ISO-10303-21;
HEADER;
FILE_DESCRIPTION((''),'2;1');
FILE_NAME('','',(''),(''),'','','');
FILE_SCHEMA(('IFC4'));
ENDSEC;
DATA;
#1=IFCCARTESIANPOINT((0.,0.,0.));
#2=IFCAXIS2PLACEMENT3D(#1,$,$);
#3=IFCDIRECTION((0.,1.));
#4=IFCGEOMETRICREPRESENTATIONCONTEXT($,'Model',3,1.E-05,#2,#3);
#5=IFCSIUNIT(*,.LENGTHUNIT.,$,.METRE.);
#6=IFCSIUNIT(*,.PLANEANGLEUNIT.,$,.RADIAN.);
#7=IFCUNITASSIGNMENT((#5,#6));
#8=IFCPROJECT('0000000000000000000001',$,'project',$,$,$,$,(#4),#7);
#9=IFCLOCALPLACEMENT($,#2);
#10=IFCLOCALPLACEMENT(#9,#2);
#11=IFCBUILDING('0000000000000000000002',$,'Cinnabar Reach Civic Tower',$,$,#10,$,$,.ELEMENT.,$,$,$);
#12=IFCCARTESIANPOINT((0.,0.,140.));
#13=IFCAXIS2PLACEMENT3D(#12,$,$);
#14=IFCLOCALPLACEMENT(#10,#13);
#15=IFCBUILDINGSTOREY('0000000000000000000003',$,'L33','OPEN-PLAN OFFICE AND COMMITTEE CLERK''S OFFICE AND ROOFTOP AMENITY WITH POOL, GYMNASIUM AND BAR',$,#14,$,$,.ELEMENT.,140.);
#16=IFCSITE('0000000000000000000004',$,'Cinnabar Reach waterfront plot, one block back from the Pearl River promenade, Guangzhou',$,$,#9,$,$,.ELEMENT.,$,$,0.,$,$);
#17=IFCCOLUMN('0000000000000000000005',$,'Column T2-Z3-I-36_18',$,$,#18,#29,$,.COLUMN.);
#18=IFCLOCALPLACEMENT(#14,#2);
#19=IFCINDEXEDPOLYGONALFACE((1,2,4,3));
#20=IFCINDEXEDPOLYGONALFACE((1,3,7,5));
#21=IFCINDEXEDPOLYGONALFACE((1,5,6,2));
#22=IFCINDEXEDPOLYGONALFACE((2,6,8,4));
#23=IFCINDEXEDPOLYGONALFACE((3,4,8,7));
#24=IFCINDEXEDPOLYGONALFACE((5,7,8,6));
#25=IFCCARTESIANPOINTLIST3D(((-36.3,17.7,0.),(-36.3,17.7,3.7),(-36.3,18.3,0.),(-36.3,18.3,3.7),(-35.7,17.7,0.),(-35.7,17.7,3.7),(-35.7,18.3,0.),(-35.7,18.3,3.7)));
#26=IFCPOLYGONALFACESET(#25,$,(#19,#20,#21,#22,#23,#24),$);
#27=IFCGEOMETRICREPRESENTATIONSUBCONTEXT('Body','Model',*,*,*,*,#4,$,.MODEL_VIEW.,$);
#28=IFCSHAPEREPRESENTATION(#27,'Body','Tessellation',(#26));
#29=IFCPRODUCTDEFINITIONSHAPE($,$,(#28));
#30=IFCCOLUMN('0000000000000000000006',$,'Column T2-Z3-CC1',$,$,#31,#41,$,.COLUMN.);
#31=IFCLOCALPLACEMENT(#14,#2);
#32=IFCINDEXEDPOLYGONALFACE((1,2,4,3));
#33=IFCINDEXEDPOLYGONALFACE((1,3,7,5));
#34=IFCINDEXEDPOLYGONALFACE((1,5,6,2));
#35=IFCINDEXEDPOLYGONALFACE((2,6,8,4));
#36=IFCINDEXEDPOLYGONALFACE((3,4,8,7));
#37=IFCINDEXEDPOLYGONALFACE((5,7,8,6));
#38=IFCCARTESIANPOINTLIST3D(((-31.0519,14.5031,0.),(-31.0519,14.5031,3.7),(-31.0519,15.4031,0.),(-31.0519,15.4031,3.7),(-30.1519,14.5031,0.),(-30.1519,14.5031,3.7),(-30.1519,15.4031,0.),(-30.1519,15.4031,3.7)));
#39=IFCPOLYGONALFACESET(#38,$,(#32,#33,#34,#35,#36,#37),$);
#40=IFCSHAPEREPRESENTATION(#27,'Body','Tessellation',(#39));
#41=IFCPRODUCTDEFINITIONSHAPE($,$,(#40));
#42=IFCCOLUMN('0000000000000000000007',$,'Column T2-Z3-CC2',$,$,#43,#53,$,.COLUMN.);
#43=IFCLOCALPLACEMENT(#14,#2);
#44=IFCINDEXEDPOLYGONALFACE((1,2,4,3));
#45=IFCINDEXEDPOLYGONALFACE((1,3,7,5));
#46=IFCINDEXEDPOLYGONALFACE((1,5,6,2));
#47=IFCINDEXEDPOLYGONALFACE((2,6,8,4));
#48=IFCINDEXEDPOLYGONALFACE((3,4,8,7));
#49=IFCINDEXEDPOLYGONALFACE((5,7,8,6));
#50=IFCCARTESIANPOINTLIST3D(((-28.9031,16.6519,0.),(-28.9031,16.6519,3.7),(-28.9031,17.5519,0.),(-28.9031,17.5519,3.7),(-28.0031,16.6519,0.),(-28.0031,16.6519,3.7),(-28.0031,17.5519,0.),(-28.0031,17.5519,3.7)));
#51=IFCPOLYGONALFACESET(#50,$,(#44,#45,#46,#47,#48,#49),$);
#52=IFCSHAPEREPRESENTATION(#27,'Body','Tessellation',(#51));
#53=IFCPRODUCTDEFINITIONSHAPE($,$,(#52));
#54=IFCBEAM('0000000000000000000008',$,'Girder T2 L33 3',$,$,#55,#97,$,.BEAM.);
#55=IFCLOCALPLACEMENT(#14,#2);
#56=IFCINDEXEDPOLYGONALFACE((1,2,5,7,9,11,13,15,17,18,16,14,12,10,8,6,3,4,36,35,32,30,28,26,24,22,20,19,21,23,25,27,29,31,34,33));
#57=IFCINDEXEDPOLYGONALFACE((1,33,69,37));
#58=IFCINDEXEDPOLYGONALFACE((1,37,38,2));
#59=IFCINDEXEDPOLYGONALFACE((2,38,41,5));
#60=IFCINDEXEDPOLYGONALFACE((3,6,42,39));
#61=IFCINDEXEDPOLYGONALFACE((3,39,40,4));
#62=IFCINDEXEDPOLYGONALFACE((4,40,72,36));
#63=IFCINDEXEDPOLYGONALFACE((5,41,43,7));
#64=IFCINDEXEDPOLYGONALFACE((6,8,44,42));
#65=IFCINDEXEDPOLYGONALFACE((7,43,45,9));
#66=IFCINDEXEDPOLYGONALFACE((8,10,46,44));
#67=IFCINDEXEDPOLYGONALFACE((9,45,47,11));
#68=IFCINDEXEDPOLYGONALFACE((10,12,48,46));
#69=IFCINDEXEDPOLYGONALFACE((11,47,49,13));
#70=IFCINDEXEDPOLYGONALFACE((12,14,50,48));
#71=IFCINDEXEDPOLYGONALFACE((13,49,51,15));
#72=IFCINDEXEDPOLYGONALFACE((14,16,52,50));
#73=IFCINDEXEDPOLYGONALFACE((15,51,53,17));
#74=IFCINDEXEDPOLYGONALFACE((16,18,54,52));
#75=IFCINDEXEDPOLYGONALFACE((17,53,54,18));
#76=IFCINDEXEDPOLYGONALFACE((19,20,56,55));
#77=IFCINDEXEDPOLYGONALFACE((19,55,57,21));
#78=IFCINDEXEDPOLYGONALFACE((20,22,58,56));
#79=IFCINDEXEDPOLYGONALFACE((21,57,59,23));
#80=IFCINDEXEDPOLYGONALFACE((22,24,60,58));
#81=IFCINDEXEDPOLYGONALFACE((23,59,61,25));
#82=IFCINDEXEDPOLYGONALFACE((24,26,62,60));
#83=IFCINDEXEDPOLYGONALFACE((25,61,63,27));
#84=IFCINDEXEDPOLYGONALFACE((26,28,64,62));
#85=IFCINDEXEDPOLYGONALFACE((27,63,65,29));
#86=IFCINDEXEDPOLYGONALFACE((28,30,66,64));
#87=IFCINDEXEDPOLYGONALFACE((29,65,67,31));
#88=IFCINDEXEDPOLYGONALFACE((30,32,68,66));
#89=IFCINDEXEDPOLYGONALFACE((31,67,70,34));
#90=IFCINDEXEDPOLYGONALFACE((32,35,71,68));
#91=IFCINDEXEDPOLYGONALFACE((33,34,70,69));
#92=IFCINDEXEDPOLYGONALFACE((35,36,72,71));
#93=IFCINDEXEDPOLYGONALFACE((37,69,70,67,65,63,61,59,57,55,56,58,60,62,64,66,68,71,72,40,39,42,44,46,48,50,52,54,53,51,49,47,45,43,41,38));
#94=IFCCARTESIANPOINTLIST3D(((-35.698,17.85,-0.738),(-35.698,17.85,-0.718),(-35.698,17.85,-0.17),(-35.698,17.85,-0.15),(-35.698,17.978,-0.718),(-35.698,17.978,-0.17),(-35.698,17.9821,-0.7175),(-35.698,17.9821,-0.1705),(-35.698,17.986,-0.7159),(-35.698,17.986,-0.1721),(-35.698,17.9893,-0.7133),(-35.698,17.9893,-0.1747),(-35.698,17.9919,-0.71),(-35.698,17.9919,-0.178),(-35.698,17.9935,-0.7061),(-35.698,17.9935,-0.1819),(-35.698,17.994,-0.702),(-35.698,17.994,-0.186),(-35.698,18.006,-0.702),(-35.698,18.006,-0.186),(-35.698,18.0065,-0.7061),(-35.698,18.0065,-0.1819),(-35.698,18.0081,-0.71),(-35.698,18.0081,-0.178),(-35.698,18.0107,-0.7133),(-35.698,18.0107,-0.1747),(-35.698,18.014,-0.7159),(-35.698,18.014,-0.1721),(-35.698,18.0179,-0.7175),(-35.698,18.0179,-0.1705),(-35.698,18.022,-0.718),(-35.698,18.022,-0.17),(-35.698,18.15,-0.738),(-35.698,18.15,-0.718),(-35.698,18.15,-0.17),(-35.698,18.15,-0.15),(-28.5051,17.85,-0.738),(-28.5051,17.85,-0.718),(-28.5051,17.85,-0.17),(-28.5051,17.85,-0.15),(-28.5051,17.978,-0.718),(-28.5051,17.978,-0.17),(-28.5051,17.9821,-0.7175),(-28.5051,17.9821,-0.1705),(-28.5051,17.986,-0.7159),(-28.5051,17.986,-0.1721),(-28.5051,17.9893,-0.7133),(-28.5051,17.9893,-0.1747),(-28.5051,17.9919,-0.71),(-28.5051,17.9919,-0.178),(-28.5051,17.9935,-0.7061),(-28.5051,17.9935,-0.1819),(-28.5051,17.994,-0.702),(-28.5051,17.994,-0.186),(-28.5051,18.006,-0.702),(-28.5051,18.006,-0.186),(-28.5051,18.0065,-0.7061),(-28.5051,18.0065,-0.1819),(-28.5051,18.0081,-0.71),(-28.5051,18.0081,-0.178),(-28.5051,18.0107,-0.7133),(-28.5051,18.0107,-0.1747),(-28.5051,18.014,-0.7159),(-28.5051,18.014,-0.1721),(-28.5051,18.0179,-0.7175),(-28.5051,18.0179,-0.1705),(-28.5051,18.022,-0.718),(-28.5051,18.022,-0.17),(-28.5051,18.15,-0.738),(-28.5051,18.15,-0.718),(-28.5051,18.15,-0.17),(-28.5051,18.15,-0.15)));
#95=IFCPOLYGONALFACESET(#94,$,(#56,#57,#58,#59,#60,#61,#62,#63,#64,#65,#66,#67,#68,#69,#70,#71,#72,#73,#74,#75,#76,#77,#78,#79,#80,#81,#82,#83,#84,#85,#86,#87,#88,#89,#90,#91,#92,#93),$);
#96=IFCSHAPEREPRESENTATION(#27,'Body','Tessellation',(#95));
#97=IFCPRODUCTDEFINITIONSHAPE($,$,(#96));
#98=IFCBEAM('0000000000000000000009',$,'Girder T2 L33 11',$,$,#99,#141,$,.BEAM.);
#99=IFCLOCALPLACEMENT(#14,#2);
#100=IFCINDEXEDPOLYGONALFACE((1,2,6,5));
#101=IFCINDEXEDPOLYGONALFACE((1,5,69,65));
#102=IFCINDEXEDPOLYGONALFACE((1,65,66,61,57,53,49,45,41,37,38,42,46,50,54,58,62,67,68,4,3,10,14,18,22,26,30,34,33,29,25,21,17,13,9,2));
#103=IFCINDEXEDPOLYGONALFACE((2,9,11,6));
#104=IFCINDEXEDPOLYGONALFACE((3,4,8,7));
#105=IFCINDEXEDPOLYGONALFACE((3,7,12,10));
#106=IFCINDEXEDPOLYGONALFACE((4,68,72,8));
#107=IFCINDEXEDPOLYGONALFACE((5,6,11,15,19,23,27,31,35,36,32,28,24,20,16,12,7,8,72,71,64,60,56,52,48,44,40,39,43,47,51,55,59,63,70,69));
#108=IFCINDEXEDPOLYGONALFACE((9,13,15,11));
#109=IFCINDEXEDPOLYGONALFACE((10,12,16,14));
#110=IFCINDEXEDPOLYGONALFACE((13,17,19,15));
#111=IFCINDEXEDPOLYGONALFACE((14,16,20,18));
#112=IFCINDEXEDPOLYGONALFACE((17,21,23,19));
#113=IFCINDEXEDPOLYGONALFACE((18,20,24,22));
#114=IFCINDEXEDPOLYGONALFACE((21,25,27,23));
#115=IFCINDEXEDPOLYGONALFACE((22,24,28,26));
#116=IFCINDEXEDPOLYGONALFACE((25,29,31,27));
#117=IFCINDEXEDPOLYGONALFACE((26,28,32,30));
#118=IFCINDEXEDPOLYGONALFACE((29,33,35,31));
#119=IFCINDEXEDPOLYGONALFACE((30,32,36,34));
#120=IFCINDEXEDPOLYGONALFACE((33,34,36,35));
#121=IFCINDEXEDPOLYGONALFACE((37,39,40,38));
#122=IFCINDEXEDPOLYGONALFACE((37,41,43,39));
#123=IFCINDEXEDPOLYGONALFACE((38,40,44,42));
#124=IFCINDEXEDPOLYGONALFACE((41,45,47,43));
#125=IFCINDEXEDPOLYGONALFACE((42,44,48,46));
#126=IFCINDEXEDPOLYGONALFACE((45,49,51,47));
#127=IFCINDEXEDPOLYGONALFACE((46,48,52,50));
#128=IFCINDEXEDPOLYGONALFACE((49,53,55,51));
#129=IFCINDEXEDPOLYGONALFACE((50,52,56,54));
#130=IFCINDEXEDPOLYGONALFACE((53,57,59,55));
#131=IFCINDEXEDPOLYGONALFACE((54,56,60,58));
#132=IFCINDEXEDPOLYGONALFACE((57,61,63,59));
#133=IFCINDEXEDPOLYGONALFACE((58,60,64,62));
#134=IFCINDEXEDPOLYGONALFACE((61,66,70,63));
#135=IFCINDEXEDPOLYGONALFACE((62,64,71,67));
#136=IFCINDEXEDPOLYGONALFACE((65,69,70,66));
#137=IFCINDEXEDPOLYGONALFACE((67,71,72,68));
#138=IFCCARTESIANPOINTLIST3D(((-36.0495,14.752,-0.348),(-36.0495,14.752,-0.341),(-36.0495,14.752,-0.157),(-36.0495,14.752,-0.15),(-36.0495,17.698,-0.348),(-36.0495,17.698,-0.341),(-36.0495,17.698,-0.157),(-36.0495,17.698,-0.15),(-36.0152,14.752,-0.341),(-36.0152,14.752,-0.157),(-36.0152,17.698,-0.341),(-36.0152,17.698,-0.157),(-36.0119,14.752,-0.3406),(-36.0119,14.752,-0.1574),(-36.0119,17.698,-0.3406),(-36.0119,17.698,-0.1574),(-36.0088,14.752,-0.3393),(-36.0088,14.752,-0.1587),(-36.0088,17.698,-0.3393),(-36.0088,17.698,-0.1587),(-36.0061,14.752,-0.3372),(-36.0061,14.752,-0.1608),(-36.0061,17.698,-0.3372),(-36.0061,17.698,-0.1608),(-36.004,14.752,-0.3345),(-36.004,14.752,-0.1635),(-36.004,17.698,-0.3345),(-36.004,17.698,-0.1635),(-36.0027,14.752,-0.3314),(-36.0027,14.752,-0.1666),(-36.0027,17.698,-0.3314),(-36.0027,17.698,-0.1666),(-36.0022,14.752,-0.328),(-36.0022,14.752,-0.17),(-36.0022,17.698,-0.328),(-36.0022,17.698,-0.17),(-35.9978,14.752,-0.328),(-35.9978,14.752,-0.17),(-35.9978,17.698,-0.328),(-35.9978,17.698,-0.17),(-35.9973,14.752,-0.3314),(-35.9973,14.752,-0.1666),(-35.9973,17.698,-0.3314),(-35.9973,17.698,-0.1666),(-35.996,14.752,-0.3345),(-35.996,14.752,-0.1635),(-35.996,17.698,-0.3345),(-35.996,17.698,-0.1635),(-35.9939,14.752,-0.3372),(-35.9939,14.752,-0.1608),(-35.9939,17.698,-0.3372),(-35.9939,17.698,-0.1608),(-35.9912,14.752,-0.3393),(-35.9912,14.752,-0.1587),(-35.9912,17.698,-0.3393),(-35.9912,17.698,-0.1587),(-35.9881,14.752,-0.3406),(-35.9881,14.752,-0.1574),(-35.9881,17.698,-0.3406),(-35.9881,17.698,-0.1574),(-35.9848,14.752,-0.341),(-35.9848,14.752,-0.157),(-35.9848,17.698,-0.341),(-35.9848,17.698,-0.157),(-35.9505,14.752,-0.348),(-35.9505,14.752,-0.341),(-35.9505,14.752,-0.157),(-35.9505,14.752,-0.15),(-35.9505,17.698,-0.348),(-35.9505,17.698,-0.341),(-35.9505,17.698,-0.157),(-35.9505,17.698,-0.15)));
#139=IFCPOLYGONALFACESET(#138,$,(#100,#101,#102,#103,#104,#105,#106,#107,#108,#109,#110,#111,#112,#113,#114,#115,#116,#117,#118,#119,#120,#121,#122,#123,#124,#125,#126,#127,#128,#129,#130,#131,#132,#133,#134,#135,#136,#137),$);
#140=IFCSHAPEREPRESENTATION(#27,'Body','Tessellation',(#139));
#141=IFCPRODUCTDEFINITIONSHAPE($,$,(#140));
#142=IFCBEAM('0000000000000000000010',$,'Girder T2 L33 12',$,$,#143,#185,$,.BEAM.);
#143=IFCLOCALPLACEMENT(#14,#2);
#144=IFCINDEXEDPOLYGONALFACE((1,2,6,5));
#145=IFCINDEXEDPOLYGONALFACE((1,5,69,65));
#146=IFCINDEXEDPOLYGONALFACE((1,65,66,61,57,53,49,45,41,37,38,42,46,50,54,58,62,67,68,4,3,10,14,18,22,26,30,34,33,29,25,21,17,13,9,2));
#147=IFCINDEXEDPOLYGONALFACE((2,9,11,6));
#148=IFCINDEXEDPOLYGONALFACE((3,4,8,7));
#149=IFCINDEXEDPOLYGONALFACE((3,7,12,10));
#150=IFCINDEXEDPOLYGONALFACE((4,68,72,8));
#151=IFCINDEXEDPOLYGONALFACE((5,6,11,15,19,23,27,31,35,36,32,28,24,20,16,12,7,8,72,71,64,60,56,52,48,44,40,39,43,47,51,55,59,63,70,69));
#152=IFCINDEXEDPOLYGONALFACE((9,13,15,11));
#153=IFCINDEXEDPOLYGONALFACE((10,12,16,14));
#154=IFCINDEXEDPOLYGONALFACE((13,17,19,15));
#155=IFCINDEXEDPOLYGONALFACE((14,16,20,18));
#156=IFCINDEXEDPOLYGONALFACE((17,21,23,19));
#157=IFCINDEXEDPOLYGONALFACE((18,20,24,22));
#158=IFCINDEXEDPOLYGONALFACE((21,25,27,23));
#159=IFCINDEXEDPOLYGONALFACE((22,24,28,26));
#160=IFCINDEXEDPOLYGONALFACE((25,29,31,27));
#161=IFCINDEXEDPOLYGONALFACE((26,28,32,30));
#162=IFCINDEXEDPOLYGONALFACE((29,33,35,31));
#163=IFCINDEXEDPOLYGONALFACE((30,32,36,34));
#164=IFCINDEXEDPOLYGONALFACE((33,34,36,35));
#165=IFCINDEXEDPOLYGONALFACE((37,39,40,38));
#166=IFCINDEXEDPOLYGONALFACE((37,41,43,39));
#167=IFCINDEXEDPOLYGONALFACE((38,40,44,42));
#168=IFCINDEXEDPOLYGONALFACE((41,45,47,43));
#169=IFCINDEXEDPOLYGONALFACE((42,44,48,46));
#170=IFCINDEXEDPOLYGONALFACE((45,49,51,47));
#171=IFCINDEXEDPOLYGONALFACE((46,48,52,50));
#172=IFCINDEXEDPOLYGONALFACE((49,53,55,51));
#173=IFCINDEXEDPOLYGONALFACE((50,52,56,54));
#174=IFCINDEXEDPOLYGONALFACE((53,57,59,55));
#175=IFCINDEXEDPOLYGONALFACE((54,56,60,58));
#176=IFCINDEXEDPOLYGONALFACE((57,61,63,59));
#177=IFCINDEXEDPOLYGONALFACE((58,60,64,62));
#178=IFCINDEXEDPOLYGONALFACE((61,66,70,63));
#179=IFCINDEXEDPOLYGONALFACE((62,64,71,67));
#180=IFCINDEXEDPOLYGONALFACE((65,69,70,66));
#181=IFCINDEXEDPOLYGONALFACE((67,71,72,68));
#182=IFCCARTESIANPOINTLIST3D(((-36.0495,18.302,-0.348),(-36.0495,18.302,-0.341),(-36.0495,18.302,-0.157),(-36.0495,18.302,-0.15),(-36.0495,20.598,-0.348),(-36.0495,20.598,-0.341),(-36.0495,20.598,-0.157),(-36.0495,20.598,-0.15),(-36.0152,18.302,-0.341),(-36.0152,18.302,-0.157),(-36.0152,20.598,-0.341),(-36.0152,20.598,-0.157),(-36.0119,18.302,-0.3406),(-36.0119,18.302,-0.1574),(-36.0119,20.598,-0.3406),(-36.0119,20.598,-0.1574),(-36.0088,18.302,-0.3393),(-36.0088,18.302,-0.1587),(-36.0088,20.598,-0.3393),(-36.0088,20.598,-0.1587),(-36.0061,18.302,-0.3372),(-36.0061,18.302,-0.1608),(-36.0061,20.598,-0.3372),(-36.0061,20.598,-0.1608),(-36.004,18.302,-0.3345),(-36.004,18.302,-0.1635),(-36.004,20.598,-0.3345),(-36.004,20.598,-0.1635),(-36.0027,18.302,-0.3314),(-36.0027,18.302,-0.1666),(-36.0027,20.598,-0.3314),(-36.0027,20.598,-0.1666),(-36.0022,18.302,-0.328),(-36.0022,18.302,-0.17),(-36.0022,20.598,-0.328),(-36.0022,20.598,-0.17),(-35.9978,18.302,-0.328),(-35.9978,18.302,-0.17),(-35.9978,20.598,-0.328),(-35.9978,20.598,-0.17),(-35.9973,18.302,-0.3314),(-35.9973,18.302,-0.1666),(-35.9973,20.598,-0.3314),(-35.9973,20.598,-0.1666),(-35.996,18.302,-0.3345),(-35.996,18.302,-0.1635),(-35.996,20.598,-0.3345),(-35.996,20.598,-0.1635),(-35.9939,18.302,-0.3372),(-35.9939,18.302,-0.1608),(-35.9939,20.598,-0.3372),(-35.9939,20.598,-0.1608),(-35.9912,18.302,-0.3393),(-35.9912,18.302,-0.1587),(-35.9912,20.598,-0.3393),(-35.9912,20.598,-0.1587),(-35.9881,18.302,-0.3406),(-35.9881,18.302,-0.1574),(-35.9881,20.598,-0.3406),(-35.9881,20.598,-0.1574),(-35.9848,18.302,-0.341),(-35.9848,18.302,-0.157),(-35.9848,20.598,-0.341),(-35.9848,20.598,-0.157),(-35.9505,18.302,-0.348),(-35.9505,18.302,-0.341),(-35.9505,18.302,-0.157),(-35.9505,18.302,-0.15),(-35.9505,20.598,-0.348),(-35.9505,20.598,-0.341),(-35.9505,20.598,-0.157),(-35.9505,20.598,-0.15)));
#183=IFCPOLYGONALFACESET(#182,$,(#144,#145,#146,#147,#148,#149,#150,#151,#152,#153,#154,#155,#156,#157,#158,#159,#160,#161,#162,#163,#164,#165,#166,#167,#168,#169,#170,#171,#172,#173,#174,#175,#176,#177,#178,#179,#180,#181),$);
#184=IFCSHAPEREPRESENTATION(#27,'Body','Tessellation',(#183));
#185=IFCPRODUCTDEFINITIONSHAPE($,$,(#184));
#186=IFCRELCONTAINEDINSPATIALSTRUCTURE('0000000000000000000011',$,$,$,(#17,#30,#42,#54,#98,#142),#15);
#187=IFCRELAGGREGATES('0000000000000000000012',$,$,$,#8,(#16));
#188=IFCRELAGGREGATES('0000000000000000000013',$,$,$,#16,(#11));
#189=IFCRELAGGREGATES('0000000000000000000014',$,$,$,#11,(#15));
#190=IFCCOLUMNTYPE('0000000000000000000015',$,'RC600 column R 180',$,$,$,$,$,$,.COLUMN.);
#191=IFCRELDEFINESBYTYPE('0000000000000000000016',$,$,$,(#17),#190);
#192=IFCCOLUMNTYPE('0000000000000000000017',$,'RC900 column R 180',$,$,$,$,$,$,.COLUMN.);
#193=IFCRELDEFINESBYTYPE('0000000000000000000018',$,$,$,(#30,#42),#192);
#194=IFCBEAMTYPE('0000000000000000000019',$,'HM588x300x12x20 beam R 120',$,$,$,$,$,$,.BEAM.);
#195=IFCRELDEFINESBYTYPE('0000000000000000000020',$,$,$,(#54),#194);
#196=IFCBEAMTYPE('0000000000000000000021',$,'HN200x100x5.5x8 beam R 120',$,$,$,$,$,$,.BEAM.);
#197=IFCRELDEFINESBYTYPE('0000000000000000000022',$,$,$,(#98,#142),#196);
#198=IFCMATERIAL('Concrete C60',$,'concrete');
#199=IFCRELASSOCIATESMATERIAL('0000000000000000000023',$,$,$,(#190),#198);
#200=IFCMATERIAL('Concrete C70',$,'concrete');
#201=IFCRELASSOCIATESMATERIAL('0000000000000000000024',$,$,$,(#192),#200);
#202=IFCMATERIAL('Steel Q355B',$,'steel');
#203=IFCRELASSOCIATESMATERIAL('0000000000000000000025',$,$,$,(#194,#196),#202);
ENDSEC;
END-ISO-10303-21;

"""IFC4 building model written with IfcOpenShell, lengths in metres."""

from ifc_helpers import new_model, si_unit, direction, frame, origin, origin_2d, place, context, subcontext, project, spatial, rectangle, i_section, extrude, material, material_profile, profile_set, type_object, element, save


model = new_model("IFC4")

# Units and contexts
model_context = context("Model", 3, precision=1e-05, world=origin(), true_north=direction((0.0, 1.0)))
body_context = subcontext(model_context, "Body", "Model", "MODEL_VIEW")
ifc_project = project(units=[si_unit("LENGTHUNIT", "METRE"), si_unit("PLANEANGLEUNIT", "RADIAN")], contexts=[model_context])

# Site, building, storey
site_placement = place(None, origin())
site = spatial("IfcSite", under=ifc_project, at=site_placement, Name="Cinnabar Reach waterfront plot, one block back from the Pearl River promenade, Guangzhou", CompositionType="ELEMENT", RefElevation=0.0)
building_placement = place(site_placement, origin())
building = spatial("IfcBuilding", under=site, at=building_placement, Name="Cinnabar Reach Civic Tower", CompositionType="ELEMENT")
storey_placement = place(building_placement, frame((0.0, 0.0, 140.0)))
storey = spatial("IfcBuildingStorey", under=building, at=storey_placement, Name="L33", Description="OPEN-PLAN OFFICE AND COMMITTEE CLERK'S OFFICE AND ROOFTOP AMENITY WITH POOL, GYMNASIUM AND BAR", CompositionType="ELEMENT", Elevation=140.0)

# Columns
ifc_material_1 = material(Name="Concrete C60", Category="concrete")
ifc_material_profile_1 = material_profile(ifc_material_1, rectangle(XDim=0.6, YDim=0.6, at=origin_2d()), Name="RC600")
ifc_profile_set_1 = profile_set([ifc_material_profile_1], Name="Concrete C60")
column_type_1 = type_object("IfcColumnType", Name="RC600 column R 180", PredefinedType="COLUMN", material=ifc_profile_set_1)
column_placement = place(storey_placement, frame((-36.0, 18.0, 0.0), z_axis=(0.0, 0.0, 1.0), x_axis=(1.0, 0.0, 0.0)))
element("IfcColumn", 1, at=column_placement, inside=storey, type_object=column_type_1, Name="Column T2-Z3-I-36_18", PredefinedType="COLUMN", context=body_context, shape_type="SweptSolid", body=[
    extrude(rectangle(XDim=0.6, YDim=0.6, at=origin_2d()), origin(), (0.0, 0.0, 1.0), 3.7),
])
ifc_material_2 = material(Name="Concrete C70", Category="concrete")
ifc_material_profile_2 = material_profile(ifc_material_2, rectangle(XDim=0.9, YDim=0.9, at=origin_2d()), Name="RC900")
ifc_profile_set_2 = profile_set([ifc_material_profile_2], Name="Concrete C70")
column_type_2 = type_object("IfcColumnType", Name="RC900 column R 180", PredefinedType="COLUMN", material=ifc_profile_set_2)
for number, where, z_axis, x_axis, name in (
    (2, (-30.6019, 14.9531, 0.0), (0.0, 0.0, 1.0), (1.0, 0.0, 0.0), "Column T2-Z3-CC1"),
    (3, (-28.4531, 17.1019, 0.0), (0.0, 0.0, 1.0), (1.0, 0.0, 0.0), "Column T2-Z3-CC2"),
):
    element("IfcColumn", number, at=place(storey_placement, frame(where, z_axis=z_axis, x_axis=x_axis)), inside=storey, type_object=column_type_2, Name=name, PredefinedType="COLUMN", context=body_context, shape_type="SweptSolid", body=[
        extrude(rectangle(XDim=0.9, YDim=0.9, at=origin_2d()), origin(), (0.0, 0.0, 1.0), 3.7),
    ])

# Beams
ifc_material_3 = material(Name="Steel Q355B", Category="steel")
ifc_material_profile_3 = material_profile(ifc_material_3, i_section(OverallWidth=0.3, OverallDepth=0.588, WebThickness=0.012, FlangeThickness=0.02, FilletRadius=0.016, at=origin_2d()), Name="HM588x300x12x20")
ifc_profile_set_3 = profile_set([ifc_material_profile_3], Name="Steel Q355B")
beam_type_1 = type_object("IfcBeamType", Name="HM588x300x12x20 beam R 120", PredefinedType="BEAM", material=ifc_profile_set_3)
beam_1_placement = place(storey_placement, frame((-35.698, 18.0, -0.444), z_axis=(1.0, 0.0, 0.0), x_axis=(0.0, 1.0, 0.0)))
element("IfcBeam", 4, at=beam_1_placement, inside=storey, type_object=beam_type_1, Name="Girder T2 L33 3", PredefinedType="BEAM", context=body_context, shape_type="SweptSolid", body=[
    extrude(i_section(OverallWidth=0.3, OverallDepth=0.588, WebThickness=0.012, FlangeThickness=0.02, FilletRadius=0.016, at=origin_2d()), origin(), (0.0, 0.0, 1.0), 7.1929),
])
ifc_material_profile_4 = material_profile(ifc_material_3, i_section(OverallWidth=0.099, OverallDepth=0.198, WebThickness=0.0045, FlangeThickness=0.007, FilletRadius=0.013, at=origin_2d()), Name="HN200x100x5.5x8")
ifc_profile_set_4 = profile_set([ifc_material_profile_4], Name="Steel Q355B")
beam_type_2 = type_object("IfcBeamType", Name="HN200x100x5.5x8 beam R 120", PredefinedType="BEAM", material=ifc_profile_set_4)
beam_2_placement = place(storey_placement, frame((-36.0, 14.752, -0.249), z_axis=(0.0, 1.0, 0.0), x_axis=(-1.0, 0.0, 0.0)))
element("IfcBeam", 5, at=beam_2_placement, inside=storey, type_object=beam_type_2, Name="Girder T2 L33 11", PredefinedType="BEAM", context=body_context, shape_type="SweptSolid", body=[
    extrude(i_section(OverallWidth=0.099, OverallDepth=0.198, WebThickness=0.0045, FlangeThickness=0.007, FilletRadius=0.013, at=origin_2d()), origin(), (0.0, 0.0, 1.0), 2.946),
])
beam_3_placement = place(storey_placement, frame((-36.0, 18.302, -0.249), z_axis=(0.0, 1.0, 0.0), x_axis=(-1.0, 0.0, 0.0)))
element("IfcBeam", 6, at=beam_3_placement, inside=storey, type_object=beam_type_2, Name="Girder T2 L33 12", PredefinedType="BEAM", context=body_context, shape_type="SweptSolid", body=[
    extrude(i_section(OverallWidth=0.099, OverallDepth=0.198, WebThickness=0.0045, FlangeThickness=0.007, FilletRadius=0.013, at=origin_2d()), origin(), (0.0, 0.0, 1.0), 2.296),
])

save(model, "model.ifc")
